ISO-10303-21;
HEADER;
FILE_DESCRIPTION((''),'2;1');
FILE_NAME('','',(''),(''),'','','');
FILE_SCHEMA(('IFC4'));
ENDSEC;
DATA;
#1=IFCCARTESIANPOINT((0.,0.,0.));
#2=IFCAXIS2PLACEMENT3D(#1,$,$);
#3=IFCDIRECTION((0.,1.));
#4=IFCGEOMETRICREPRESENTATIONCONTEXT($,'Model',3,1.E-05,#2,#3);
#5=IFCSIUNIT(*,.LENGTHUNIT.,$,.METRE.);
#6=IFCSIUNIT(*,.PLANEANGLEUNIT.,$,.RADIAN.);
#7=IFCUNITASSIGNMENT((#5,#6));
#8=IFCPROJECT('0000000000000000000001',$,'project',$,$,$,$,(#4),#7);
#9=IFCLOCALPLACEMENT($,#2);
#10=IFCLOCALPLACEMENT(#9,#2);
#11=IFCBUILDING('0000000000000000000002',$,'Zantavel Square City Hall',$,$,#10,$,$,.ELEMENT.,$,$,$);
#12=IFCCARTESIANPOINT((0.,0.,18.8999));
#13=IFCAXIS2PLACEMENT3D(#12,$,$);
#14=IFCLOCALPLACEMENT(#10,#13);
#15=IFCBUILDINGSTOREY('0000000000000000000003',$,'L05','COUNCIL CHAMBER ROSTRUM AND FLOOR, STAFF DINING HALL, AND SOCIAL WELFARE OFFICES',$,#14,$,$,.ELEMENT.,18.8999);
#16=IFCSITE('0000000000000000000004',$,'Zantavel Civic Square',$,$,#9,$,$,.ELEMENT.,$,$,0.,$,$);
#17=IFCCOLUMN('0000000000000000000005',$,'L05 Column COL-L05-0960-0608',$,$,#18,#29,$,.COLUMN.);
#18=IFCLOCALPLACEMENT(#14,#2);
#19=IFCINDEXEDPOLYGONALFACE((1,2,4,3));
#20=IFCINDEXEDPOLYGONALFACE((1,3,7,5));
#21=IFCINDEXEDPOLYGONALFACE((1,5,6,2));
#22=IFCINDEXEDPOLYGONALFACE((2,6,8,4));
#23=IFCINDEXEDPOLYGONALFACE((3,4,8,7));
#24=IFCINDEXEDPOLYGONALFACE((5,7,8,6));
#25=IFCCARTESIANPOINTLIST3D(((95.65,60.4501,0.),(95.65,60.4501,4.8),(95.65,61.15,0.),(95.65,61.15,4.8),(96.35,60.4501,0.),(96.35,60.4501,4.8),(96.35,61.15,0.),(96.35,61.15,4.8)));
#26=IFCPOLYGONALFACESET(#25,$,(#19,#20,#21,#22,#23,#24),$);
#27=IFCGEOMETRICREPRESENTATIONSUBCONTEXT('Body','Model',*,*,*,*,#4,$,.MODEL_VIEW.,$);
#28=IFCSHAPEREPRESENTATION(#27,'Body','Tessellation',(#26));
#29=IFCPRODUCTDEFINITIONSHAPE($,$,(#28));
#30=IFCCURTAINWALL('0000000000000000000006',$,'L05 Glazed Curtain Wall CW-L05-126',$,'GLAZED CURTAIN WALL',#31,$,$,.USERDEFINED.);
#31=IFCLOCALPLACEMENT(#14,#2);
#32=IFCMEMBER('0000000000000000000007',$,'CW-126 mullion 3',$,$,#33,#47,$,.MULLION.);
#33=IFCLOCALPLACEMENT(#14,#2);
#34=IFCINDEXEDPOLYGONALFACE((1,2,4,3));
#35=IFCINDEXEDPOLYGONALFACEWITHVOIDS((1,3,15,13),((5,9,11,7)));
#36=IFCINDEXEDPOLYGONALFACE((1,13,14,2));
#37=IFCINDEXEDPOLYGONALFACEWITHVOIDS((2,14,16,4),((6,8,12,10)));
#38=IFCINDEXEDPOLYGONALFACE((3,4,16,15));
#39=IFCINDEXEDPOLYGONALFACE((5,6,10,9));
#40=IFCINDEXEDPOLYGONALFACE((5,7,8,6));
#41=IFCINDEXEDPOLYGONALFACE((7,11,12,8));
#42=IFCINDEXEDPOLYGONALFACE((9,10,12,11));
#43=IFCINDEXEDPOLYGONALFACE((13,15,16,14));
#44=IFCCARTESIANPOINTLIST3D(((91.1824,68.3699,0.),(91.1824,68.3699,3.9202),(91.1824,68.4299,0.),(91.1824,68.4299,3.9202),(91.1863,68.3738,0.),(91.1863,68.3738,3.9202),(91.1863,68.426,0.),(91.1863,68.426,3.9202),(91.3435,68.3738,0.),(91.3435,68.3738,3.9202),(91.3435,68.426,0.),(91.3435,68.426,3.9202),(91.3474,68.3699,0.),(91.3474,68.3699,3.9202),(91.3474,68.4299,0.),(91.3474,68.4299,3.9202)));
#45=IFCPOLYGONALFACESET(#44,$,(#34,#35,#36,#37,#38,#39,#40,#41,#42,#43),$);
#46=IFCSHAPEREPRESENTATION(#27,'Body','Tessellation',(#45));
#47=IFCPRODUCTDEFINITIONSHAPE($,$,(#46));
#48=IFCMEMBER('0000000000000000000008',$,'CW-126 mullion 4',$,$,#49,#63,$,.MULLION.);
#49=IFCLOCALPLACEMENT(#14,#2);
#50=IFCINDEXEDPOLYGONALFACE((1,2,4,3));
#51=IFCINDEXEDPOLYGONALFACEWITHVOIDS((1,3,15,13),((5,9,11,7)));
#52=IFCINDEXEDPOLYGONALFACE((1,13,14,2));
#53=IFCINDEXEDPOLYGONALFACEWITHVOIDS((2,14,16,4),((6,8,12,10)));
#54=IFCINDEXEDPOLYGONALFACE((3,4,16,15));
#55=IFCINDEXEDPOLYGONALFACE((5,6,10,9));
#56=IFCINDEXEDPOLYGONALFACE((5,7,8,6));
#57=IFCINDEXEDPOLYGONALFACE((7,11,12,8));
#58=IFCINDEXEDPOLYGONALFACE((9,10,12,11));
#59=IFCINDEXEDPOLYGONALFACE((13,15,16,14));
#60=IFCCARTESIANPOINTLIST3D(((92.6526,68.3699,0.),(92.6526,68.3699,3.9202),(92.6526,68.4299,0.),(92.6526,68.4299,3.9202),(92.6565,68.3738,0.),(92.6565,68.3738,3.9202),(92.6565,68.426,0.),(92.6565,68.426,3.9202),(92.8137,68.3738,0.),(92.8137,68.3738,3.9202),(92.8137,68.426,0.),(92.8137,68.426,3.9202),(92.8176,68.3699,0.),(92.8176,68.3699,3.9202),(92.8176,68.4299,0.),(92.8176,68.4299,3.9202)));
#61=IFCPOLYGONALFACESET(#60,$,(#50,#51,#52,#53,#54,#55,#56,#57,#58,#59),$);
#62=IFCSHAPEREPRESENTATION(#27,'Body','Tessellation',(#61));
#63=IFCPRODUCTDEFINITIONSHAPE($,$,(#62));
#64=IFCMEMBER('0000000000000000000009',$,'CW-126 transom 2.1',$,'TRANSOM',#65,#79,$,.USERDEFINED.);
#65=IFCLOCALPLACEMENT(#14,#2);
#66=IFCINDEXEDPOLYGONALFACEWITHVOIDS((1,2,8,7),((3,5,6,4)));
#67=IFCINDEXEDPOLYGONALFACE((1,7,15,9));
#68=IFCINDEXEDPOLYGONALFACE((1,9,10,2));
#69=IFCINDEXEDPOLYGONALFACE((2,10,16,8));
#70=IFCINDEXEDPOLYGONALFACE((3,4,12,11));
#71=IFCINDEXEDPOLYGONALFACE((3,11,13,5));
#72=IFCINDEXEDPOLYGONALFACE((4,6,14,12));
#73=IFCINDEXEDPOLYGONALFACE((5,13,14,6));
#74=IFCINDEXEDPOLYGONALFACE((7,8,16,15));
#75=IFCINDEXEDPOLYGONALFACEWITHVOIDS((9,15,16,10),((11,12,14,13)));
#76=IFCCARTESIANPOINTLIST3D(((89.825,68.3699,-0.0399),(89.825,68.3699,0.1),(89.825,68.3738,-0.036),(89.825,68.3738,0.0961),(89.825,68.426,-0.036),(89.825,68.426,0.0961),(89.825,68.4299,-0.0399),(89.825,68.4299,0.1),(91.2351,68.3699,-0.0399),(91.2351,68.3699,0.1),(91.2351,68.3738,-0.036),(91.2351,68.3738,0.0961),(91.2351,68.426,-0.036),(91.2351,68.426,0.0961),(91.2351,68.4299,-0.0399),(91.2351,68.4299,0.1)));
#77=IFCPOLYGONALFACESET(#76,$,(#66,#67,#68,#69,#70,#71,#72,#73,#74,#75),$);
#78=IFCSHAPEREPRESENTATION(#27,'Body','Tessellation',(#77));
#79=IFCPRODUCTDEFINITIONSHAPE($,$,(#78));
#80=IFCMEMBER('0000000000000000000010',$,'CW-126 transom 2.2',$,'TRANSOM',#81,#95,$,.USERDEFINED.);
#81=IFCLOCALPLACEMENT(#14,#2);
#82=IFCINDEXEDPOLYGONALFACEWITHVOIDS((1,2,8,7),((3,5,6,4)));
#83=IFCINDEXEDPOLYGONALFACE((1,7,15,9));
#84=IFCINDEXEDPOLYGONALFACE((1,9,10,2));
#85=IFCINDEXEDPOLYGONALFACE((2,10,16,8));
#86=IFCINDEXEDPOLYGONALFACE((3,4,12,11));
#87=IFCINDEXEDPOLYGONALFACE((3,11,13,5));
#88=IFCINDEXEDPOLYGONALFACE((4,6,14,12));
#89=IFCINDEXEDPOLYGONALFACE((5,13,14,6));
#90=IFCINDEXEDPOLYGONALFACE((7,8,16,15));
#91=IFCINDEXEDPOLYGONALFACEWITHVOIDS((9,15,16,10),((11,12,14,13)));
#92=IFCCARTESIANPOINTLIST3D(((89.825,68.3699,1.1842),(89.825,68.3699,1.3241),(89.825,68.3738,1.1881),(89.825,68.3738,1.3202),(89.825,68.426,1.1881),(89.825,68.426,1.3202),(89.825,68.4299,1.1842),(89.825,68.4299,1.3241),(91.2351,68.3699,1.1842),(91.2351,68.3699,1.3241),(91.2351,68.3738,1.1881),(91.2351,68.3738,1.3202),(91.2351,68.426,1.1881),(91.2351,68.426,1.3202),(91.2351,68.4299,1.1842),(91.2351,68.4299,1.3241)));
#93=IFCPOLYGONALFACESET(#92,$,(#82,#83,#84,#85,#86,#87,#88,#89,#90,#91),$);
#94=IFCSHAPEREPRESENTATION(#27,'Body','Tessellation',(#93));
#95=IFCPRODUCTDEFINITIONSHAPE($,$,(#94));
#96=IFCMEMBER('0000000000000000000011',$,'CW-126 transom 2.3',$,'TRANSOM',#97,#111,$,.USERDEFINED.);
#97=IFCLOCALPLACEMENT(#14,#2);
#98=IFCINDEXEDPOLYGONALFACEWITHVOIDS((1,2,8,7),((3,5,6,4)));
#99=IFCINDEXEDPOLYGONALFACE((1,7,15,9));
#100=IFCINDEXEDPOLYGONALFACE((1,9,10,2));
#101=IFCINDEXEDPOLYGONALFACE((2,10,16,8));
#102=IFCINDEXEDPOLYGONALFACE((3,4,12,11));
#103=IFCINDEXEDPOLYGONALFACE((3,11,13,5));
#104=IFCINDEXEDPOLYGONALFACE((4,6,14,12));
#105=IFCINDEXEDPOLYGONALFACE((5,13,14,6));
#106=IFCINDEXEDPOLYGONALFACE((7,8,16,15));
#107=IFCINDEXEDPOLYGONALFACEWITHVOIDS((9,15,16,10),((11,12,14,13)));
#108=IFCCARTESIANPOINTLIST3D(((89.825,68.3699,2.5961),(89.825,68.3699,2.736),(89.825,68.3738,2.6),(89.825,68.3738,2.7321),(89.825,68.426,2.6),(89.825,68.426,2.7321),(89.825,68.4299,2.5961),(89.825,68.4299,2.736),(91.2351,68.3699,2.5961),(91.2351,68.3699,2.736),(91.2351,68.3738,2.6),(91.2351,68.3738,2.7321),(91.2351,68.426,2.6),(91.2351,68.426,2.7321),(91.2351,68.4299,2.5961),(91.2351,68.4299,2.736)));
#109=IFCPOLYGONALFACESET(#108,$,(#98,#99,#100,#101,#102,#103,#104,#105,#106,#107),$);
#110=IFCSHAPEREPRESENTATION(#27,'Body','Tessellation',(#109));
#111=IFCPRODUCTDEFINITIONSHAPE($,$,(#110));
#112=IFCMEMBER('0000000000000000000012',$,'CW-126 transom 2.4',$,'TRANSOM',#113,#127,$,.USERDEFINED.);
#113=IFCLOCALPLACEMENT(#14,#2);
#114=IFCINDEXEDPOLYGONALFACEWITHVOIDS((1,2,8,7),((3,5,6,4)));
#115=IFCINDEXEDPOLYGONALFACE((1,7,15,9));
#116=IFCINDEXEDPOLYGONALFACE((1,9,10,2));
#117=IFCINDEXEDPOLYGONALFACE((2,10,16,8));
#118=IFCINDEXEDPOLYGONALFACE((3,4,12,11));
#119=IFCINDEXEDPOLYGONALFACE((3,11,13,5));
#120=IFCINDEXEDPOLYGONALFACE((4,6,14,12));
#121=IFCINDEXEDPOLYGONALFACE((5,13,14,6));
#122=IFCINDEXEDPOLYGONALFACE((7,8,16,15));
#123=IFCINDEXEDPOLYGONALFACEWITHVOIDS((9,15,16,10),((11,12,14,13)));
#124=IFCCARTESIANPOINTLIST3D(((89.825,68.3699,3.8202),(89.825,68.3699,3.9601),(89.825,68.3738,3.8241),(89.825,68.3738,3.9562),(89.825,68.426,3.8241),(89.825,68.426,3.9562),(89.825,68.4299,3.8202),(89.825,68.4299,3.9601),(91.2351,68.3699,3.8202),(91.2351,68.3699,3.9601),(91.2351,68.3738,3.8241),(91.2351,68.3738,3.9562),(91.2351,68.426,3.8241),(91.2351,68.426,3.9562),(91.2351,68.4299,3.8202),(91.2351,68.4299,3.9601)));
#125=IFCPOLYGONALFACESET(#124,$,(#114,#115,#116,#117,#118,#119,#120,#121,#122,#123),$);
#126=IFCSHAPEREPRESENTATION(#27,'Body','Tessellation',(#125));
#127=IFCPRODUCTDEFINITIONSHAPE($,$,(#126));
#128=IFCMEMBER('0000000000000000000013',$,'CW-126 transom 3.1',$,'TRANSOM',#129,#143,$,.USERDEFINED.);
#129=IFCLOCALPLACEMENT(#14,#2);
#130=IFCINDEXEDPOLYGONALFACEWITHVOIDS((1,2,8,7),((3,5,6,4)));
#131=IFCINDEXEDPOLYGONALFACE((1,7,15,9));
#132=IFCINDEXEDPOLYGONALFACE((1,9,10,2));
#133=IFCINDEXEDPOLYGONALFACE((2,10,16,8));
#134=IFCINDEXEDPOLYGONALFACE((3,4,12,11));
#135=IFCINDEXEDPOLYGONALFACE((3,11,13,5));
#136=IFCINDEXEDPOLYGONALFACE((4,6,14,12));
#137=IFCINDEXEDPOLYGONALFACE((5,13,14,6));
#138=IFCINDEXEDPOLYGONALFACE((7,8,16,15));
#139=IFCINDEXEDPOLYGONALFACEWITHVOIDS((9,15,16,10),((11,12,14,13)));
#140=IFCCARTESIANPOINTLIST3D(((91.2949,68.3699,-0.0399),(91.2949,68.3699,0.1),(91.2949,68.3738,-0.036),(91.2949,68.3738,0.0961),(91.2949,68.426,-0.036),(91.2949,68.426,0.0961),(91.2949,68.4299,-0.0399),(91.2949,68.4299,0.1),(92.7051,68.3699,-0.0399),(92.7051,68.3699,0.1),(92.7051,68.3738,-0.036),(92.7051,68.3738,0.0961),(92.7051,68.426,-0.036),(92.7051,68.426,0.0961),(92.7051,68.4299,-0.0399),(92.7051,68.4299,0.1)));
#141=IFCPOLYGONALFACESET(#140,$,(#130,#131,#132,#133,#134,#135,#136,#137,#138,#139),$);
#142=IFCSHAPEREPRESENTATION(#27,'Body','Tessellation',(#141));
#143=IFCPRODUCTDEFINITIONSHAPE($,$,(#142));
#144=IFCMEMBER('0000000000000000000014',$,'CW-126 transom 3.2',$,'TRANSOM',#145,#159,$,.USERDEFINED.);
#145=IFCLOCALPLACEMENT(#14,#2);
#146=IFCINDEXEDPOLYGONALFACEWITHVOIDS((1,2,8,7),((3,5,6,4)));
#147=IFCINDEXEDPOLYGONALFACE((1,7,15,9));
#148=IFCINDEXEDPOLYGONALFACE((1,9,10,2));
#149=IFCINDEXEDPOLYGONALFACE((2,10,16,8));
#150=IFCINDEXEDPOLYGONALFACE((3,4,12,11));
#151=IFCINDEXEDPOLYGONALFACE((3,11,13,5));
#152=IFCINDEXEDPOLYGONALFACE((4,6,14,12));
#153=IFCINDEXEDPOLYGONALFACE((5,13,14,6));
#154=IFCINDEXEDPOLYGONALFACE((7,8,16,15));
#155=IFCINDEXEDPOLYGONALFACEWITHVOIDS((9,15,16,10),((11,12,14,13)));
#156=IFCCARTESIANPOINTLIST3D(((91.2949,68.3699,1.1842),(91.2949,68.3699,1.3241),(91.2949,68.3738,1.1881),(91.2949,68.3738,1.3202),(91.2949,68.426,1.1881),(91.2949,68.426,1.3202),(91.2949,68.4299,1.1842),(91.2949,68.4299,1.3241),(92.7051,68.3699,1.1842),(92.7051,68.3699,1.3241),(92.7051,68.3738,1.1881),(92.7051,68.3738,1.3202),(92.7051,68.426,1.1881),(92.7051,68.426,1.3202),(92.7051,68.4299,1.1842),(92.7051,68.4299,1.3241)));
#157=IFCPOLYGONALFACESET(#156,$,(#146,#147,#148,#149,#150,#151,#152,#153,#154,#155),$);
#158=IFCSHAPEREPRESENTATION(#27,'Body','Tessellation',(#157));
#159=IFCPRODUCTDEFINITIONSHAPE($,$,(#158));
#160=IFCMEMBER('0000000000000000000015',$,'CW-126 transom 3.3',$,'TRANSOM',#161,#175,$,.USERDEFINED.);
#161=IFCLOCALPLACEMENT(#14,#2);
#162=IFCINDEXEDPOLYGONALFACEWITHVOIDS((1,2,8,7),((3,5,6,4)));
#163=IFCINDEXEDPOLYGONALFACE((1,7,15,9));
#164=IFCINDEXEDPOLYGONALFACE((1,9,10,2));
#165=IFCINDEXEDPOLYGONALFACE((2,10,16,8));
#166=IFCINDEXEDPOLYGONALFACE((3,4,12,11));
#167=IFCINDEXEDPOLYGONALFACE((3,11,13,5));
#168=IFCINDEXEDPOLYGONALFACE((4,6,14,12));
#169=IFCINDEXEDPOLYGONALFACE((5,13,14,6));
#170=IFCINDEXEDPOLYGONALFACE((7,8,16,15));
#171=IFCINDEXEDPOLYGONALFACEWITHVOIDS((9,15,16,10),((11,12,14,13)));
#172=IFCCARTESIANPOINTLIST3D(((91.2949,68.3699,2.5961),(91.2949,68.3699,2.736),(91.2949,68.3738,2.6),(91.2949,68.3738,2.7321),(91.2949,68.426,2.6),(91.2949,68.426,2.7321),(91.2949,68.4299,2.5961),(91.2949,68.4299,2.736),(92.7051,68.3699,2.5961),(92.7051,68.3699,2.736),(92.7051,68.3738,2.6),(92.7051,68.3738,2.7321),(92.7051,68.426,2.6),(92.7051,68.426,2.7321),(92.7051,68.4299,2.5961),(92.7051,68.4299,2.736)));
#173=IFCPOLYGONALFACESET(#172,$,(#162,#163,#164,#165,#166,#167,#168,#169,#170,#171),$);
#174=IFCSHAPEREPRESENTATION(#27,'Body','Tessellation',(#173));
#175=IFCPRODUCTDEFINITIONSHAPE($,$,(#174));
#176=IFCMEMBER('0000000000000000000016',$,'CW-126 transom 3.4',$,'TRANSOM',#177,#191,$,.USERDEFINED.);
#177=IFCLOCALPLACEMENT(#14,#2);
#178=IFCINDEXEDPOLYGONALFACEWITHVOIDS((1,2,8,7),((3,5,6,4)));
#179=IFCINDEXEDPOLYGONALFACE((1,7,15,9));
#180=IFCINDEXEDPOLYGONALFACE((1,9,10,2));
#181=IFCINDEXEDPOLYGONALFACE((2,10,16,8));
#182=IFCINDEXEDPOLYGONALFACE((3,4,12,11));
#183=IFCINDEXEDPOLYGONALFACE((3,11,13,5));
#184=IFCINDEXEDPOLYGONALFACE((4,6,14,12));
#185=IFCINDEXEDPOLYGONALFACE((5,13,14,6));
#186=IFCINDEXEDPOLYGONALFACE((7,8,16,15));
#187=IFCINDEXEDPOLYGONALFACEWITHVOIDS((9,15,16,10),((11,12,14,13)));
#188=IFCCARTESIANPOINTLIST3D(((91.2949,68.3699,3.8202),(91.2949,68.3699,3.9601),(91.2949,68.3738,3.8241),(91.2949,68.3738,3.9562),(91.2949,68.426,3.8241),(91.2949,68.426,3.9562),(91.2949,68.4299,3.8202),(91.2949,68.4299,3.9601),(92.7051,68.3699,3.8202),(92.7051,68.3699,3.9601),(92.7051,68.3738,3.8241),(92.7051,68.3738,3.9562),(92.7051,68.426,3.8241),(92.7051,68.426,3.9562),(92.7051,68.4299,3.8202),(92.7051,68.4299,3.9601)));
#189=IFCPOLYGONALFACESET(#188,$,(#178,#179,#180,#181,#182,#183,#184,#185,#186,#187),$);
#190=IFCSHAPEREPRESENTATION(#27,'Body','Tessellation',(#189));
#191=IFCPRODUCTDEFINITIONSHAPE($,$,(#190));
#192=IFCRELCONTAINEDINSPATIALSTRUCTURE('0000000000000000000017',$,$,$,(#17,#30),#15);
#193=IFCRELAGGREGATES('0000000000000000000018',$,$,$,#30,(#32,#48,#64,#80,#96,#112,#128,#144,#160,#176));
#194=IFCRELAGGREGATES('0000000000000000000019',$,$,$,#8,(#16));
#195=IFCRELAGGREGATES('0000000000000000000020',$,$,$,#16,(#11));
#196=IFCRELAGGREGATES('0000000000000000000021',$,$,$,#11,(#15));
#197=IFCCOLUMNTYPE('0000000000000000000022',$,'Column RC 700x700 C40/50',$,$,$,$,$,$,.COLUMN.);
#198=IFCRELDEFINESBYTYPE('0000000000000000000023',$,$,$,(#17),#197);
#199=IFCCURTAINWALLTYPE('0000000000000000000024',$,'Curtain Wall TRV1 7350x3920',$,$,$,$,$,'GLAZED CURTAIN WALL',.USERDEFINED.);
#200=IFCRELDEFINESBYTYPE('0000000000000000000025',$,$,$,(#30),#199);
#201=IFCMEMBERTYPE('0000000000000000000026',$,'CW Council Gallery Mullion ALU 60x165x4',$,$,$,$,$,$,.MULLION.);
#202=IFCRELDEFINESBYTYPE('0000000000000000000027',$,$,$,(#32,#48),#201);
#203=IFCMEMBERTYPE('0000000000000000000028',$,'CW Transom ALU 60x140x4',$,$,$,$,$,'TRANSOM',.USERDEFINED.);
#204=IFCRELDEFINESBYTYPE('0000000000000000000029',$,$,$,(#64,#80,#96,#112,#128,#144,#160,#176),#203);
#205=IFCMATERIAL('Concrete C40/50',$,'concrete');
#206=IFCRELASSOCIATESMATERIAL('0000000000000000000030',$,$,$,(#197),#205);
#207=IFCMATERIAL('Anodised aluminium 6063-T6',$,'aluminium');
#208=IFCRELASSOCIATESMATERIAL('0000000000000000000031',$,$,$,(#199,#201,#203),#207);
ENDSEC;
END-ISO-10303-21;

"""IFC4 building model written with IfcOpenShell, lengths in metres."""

from ifc_helpers import new_model, si_unit, direction, frame, origin, origin_2d, place, context, subcontext, project, spatial, rectangle, hollow_rectangle, extrude, material, material_profile, profile_set, type_object, element, aggregate, save


model = new_model("IFC4")

# Units and contexts
model_context = context("Model", 3, precision=1e-05, world=origin(), true_north=direction((0.0, 1.0)))
body_context = subcontext(model_context, "Body", "Model", "MODEL_VIEW")
ifc_project = project(units=[si_unit("LENGTHUNIT", "METRE"), si_unit("PLANEANGLEUNIT", "RADIAN")], contexts=[model_context])

# Site, building, storey
site_placement = place(None, origin())
site = spatial("IfcSite", under=ifc_project, at=site_placement, Name="Zantavel Civic Square", CompositionType="ELEMENT", RefElevation=0.0)
building_placement = place(site_placement, origin())
building = spatial("IfcBuilding", under=site, at=building_placement, Name="Zantavel Square City Hall", CompositionType="ELEMENT")
storey_placement = place(building_placement, frame((0.0, 0.0, 18.8999)))
storey = spatial("IfcBuildingStorey", under=building, at=storey_placement, Name="L05", Description="COUNCIL CHAMBER ROSTRUM AND FLOOR, STAFF DINING HALL, AND SOCIAL WELFARE OFFICES", CompositionType="ELEMENT", Elevation=18.8999)

# Column
ifc_material_1 = material(Name="Concrete C40/50", Category="concrete")
ifc_material_profile_1 = material_profile(ifc_material_1, rectangle(XDim=0.7, YDim=0.7, at=origin_2d()), Name="RC 700x700")
ifc_profile_set_1 = profile_set([ifc_material_profile_1], Name="Concrete C40/50")
column_type = type_object("IfcColumnType", Name="Column RC 700x700 C40/50", PredefinedType="COLUMN", material=ifc_profile_set_1)
column_placement = place(storey_placement, frame((96.0, 60.8, 0.0), z_axis=(0.0, 0.0, 1.0), x_axis=(1.0, 0.0, 0.0)))
element("IfcColumn", 1, at=column_placement, inside=storey, type_object=column_type, Name="L05 Column COL-L05-0960-0608", PredefinedType="COLUMN", context=body_context, shape_type="SweptSolid", body=[
    extrude(rectangle(XDim=0.7, YDim=0.7, at=origin_2d()), origin(), (0.0, 0.0, 1.0), 4.8),
])

# Curtain wall, members
ifc_material_2 = material(Name="Anodised aluminium 6063-T6", Category="aluminium")
curtain_wall_type = type_object("IfcCurtainWallType", Name="Curtain Wall TRV1 7350x3920", ElementType="GLAZED CURTAIN WALL", PredefinedType="USERDEFINED", material=ifc_material_2)
curtain_wall_placement = place(storey_placement, origin())
curtain_wall = element("IfcCurtainWall", 2, at=curtain_wall_placement, inside=storey, type_object=curtain_wall_type, Name="L05 Glazed Curtain Wall CW-L05-126", ObjectType="GLAZED CURTAIN WALL", PredefinedType="USERDEFINED")
ifc_material_profile_2 = material_profile(ifc_material_2, hollow_rectangle(XDim=0.0601, YDim=0.165, WallThickness=0.0039, at=origin_2d()), Name="ALU 60x165x4")
ifc_profile_set_2 = profile_set([ifc_material_profile_2], Name="Anodised aluminium 6063-T6")
member_type_1 = type_object("IfcMemberType", Name="CW Council Gallery Mullion ALU 60x165x4", PredefinedType="MULLION", material=ifc_profile_set_2)
member_1_placement = place(storey_placement, frame((91.2649, 68.3999, 0.0), z_axis=(0.0, 0.0, 1.0), x_axis=(0.0, 1.0, 0.0)))
member_1 = element("IfcMember", 3, at=member_1_placement, type_object=member_type_1, Name="CW-126 mullion 3", PredefinedType="MULLION", context=body_context, shape_type="SweptSolid", body=[
    extrude(hollow_rectangle(XDim=0.0601, YDim=0.165, WallThickness=0.0039, at=origin_2d()), origin(), (0.0, 0.0, 1.0), 3.9202),
])
member_2_placement = place(storey_placement, frame((92.7351, 68.3999, 0.0), z_axis=(0.0, 0.0, 1.0), x_axis=(0.0, 1.0, 0.0)))
member_2 = element("IfcMember", 4, at=member_2_placement, type_object=member_type_1, Name="CW-126 mullion 4", PredefinedType="MULLION", context=body_context, shape_type="SweptSolid", body=[
    extrude(hollow_rectangle(XDim=0.0601, YDim=0.165, WallThickness=0.0039, at=origin_2d()), origin(), (0.0, 0.0, 1.0), 3.9202),
])
ifc_material_profile_3 = material_profile(ifc_material_2, hollow_rectangle(XDim=0.0601, YDim=0.1399, WallThickness=0.0039, at=origin_2d()), Name="ALU 60x140x4")
ifc_profile_set_3 = profile_set([ifc_material_profile_3], Name="Anodised aluminium 6063-T6")
member_type_2 = type_object("IfcMemberType", Name="CW Transom ALU 60x140x4", ElementType="TRANSOM", PredefinedType="USERDEFINED", material=ifc_profile_set_3)
member_3_placement = place(storey_placement, frame((89.825, 68.3999, 0.03), z_axis=(1.0, 0.0, 0.0), x_axis=(0.0, 1.0, 0.0)))
member_3 = element("IfcMember", 5, at=member_3_placement, type_object=member_type_2, Name="CW-126 transom 2.1", ObjectType="TRANSOM", PredefinedType="USERDEFINED", context=body_context, shape_type="SweptSolid", body=[
    extrude(hollow_rectangle(XDim=0.0601, YDim=0.1399, WallThickness=0.0039, at=origin_2d()), origin(), (0.0, 0.0, 1.0), 1.4102),
])
member_4_placement = place(storey_placement, frame((89.825, 68.3999, 1.2542), z_axis=(1.0, 0.0, 0.0), x_axis=(0.0, 1.0, 0.0)))
member_4 = element("IfcMember", 6, at=member_4_placement, type_object=member_type_2, Name="CW-126 transom 2.2", ObjectType="TRANSOM", PredefinedType="USERDEFINED", context=body_context, shape_type="SweptSolid", body=[
    extrude(hollow_rectangle(XDim=0.0601, YDim=0.1399, WallThickness=0.0039, at=origin_2d()), origin(), (0.0, 0.0, 1.0), 1.4102),
])
member_5_placement = place(storey_placement, frame((89.825, 68.3999, 2.666), z_axis=(1.0, 0.0, 0.0), x_axis=(0.0, 1.0, 0.0)))
member_5 = element("IfcMember", 7, at=member_5_placement, type_object=member_type_2, Name="CW-126 transom 2.3", ObjectType="TRANSOM", PredefinedType="USERDEFINED", context=body_context, shape_type="SweptSolid", body=[
    extrude(hollow_rectangle(XDim=0.0601, YDim=0.1399, WallThickness=0.0039, at=origin_2d()), origin(), (0.0, 0.0, 1.0), 1.4102),
])
member_6_placement = place(storey_placement, frame((89.825, 68.3999, 3.8901), z_axis=(1.0, 0.0, 0.0), x_axis=(0.0, 1.0, 0.0)))
member_6 = element("IfcMember", 8, at=member_6_placement, type_object=member_type_2, Name="CW-126 transom 2.4", ObjectType="TRANSOM", PredefinedType="USERDEFINED", context=body_context, shape_type="SweptSolid", body=[
    extrude(hollow_rectangle(XDim=0.0601, YDim=0.1399, WallThickness=0.0039, at=origin_2d()), origin(), (0.0, 0.0, 1.0), 1.4102),
])
member_7_placement = place(storey_placement, frame((91.2949, 68.3999, 0.03), z_axis=(1.0, 0.0, 0.0), x_axis=(0.0, 1.0, 0.0)))
member_7 = element("IfcMember", 9, at=member_7_placement, type_object=member_type_2, Name="CW-126 transom 3.1", ObjectType="TRANSOM", PredefinedType="USERDEFINED", context=body_context, shape_type="SweptSolid", body=[
    extrude(hollow_rectangle(XDim=0.0601, YDim=0.1399, WallThickness=0.0039, at=origin_2d()), origin(), (0.0, 0.0, 1.0), 1.4102),
])
member_8_placement = place(storey_placement, frame((91.2949, 68.3999, 1.2542), z_axis=(1.0, 0.0, 0.0), x_axis=(0.0, 1.0, 0.0)))
member_8 = element("IfcMember", 10, at=member_8_placement, type_object=member_type_2, Name="CW-126 transom 3.2", ObjectType="TRANSOM", PredefinedType="USERDEFINED", context=body_context, shape_type="SweptSolid", body=[
    extrude(hollow_rectangle(XDim=0.0601, YDim=0.1399, WallThickness=0.0039, at=origin_2d()), origin(), (0.0, 0.0, 1.0), 1.4102),
])
member_9_placement = place(storey_placement, frame((91.2949, 68.3999, 2.666), z_axis=(1.0, 0.0, 0.0), x_axis=(0.0, 1.0, 0.0)))
member_9 = element("IfcMember", 11, at=member_9_placement, type_object=member_type_2, Name="CW-126 transom 3.3", ObjectType="TRANSOM", PredefinedType="USERDEFINED", context=body_context, shape_type="SweptSolid", body=[
    extrude(hollow_rectangle(XDim=0.0601, YDim=0.1399, WallThickness=0.0039, at=origin_2d()), origin(), (0.0, 0.0, 1.0), 1.4102),
])
member_10_placement = place(storey_placement, frame((91.2949, 68.3999, 3.8901), z_axis=(1.0, 0.0, 0.0), x_axis=(0.0, 1.0, 0.0)))
member_10 = element("IfcMember", 12, at=member_10_placement, type_object=member_type_2, Name="CW-126 transom 3.4", ObjectType="TRANSOM", PredefinedType="USERDEFINED", context=body_context, shape_type="SweptSolid", body=[
    extrude(hollow_rectangle(XDim=0.0601, YDim=0.1399, WallThickness=0.0039, at=origin_2d()), origin(), (0.0, 0.0, 1.0), 1.4102),
])

aggregate(curtain_wall, [member_1, member_2, member_3, member_4, member_5, member_6, member_7, member_8, member_9, member_10])

save(model, "model.ifc")
